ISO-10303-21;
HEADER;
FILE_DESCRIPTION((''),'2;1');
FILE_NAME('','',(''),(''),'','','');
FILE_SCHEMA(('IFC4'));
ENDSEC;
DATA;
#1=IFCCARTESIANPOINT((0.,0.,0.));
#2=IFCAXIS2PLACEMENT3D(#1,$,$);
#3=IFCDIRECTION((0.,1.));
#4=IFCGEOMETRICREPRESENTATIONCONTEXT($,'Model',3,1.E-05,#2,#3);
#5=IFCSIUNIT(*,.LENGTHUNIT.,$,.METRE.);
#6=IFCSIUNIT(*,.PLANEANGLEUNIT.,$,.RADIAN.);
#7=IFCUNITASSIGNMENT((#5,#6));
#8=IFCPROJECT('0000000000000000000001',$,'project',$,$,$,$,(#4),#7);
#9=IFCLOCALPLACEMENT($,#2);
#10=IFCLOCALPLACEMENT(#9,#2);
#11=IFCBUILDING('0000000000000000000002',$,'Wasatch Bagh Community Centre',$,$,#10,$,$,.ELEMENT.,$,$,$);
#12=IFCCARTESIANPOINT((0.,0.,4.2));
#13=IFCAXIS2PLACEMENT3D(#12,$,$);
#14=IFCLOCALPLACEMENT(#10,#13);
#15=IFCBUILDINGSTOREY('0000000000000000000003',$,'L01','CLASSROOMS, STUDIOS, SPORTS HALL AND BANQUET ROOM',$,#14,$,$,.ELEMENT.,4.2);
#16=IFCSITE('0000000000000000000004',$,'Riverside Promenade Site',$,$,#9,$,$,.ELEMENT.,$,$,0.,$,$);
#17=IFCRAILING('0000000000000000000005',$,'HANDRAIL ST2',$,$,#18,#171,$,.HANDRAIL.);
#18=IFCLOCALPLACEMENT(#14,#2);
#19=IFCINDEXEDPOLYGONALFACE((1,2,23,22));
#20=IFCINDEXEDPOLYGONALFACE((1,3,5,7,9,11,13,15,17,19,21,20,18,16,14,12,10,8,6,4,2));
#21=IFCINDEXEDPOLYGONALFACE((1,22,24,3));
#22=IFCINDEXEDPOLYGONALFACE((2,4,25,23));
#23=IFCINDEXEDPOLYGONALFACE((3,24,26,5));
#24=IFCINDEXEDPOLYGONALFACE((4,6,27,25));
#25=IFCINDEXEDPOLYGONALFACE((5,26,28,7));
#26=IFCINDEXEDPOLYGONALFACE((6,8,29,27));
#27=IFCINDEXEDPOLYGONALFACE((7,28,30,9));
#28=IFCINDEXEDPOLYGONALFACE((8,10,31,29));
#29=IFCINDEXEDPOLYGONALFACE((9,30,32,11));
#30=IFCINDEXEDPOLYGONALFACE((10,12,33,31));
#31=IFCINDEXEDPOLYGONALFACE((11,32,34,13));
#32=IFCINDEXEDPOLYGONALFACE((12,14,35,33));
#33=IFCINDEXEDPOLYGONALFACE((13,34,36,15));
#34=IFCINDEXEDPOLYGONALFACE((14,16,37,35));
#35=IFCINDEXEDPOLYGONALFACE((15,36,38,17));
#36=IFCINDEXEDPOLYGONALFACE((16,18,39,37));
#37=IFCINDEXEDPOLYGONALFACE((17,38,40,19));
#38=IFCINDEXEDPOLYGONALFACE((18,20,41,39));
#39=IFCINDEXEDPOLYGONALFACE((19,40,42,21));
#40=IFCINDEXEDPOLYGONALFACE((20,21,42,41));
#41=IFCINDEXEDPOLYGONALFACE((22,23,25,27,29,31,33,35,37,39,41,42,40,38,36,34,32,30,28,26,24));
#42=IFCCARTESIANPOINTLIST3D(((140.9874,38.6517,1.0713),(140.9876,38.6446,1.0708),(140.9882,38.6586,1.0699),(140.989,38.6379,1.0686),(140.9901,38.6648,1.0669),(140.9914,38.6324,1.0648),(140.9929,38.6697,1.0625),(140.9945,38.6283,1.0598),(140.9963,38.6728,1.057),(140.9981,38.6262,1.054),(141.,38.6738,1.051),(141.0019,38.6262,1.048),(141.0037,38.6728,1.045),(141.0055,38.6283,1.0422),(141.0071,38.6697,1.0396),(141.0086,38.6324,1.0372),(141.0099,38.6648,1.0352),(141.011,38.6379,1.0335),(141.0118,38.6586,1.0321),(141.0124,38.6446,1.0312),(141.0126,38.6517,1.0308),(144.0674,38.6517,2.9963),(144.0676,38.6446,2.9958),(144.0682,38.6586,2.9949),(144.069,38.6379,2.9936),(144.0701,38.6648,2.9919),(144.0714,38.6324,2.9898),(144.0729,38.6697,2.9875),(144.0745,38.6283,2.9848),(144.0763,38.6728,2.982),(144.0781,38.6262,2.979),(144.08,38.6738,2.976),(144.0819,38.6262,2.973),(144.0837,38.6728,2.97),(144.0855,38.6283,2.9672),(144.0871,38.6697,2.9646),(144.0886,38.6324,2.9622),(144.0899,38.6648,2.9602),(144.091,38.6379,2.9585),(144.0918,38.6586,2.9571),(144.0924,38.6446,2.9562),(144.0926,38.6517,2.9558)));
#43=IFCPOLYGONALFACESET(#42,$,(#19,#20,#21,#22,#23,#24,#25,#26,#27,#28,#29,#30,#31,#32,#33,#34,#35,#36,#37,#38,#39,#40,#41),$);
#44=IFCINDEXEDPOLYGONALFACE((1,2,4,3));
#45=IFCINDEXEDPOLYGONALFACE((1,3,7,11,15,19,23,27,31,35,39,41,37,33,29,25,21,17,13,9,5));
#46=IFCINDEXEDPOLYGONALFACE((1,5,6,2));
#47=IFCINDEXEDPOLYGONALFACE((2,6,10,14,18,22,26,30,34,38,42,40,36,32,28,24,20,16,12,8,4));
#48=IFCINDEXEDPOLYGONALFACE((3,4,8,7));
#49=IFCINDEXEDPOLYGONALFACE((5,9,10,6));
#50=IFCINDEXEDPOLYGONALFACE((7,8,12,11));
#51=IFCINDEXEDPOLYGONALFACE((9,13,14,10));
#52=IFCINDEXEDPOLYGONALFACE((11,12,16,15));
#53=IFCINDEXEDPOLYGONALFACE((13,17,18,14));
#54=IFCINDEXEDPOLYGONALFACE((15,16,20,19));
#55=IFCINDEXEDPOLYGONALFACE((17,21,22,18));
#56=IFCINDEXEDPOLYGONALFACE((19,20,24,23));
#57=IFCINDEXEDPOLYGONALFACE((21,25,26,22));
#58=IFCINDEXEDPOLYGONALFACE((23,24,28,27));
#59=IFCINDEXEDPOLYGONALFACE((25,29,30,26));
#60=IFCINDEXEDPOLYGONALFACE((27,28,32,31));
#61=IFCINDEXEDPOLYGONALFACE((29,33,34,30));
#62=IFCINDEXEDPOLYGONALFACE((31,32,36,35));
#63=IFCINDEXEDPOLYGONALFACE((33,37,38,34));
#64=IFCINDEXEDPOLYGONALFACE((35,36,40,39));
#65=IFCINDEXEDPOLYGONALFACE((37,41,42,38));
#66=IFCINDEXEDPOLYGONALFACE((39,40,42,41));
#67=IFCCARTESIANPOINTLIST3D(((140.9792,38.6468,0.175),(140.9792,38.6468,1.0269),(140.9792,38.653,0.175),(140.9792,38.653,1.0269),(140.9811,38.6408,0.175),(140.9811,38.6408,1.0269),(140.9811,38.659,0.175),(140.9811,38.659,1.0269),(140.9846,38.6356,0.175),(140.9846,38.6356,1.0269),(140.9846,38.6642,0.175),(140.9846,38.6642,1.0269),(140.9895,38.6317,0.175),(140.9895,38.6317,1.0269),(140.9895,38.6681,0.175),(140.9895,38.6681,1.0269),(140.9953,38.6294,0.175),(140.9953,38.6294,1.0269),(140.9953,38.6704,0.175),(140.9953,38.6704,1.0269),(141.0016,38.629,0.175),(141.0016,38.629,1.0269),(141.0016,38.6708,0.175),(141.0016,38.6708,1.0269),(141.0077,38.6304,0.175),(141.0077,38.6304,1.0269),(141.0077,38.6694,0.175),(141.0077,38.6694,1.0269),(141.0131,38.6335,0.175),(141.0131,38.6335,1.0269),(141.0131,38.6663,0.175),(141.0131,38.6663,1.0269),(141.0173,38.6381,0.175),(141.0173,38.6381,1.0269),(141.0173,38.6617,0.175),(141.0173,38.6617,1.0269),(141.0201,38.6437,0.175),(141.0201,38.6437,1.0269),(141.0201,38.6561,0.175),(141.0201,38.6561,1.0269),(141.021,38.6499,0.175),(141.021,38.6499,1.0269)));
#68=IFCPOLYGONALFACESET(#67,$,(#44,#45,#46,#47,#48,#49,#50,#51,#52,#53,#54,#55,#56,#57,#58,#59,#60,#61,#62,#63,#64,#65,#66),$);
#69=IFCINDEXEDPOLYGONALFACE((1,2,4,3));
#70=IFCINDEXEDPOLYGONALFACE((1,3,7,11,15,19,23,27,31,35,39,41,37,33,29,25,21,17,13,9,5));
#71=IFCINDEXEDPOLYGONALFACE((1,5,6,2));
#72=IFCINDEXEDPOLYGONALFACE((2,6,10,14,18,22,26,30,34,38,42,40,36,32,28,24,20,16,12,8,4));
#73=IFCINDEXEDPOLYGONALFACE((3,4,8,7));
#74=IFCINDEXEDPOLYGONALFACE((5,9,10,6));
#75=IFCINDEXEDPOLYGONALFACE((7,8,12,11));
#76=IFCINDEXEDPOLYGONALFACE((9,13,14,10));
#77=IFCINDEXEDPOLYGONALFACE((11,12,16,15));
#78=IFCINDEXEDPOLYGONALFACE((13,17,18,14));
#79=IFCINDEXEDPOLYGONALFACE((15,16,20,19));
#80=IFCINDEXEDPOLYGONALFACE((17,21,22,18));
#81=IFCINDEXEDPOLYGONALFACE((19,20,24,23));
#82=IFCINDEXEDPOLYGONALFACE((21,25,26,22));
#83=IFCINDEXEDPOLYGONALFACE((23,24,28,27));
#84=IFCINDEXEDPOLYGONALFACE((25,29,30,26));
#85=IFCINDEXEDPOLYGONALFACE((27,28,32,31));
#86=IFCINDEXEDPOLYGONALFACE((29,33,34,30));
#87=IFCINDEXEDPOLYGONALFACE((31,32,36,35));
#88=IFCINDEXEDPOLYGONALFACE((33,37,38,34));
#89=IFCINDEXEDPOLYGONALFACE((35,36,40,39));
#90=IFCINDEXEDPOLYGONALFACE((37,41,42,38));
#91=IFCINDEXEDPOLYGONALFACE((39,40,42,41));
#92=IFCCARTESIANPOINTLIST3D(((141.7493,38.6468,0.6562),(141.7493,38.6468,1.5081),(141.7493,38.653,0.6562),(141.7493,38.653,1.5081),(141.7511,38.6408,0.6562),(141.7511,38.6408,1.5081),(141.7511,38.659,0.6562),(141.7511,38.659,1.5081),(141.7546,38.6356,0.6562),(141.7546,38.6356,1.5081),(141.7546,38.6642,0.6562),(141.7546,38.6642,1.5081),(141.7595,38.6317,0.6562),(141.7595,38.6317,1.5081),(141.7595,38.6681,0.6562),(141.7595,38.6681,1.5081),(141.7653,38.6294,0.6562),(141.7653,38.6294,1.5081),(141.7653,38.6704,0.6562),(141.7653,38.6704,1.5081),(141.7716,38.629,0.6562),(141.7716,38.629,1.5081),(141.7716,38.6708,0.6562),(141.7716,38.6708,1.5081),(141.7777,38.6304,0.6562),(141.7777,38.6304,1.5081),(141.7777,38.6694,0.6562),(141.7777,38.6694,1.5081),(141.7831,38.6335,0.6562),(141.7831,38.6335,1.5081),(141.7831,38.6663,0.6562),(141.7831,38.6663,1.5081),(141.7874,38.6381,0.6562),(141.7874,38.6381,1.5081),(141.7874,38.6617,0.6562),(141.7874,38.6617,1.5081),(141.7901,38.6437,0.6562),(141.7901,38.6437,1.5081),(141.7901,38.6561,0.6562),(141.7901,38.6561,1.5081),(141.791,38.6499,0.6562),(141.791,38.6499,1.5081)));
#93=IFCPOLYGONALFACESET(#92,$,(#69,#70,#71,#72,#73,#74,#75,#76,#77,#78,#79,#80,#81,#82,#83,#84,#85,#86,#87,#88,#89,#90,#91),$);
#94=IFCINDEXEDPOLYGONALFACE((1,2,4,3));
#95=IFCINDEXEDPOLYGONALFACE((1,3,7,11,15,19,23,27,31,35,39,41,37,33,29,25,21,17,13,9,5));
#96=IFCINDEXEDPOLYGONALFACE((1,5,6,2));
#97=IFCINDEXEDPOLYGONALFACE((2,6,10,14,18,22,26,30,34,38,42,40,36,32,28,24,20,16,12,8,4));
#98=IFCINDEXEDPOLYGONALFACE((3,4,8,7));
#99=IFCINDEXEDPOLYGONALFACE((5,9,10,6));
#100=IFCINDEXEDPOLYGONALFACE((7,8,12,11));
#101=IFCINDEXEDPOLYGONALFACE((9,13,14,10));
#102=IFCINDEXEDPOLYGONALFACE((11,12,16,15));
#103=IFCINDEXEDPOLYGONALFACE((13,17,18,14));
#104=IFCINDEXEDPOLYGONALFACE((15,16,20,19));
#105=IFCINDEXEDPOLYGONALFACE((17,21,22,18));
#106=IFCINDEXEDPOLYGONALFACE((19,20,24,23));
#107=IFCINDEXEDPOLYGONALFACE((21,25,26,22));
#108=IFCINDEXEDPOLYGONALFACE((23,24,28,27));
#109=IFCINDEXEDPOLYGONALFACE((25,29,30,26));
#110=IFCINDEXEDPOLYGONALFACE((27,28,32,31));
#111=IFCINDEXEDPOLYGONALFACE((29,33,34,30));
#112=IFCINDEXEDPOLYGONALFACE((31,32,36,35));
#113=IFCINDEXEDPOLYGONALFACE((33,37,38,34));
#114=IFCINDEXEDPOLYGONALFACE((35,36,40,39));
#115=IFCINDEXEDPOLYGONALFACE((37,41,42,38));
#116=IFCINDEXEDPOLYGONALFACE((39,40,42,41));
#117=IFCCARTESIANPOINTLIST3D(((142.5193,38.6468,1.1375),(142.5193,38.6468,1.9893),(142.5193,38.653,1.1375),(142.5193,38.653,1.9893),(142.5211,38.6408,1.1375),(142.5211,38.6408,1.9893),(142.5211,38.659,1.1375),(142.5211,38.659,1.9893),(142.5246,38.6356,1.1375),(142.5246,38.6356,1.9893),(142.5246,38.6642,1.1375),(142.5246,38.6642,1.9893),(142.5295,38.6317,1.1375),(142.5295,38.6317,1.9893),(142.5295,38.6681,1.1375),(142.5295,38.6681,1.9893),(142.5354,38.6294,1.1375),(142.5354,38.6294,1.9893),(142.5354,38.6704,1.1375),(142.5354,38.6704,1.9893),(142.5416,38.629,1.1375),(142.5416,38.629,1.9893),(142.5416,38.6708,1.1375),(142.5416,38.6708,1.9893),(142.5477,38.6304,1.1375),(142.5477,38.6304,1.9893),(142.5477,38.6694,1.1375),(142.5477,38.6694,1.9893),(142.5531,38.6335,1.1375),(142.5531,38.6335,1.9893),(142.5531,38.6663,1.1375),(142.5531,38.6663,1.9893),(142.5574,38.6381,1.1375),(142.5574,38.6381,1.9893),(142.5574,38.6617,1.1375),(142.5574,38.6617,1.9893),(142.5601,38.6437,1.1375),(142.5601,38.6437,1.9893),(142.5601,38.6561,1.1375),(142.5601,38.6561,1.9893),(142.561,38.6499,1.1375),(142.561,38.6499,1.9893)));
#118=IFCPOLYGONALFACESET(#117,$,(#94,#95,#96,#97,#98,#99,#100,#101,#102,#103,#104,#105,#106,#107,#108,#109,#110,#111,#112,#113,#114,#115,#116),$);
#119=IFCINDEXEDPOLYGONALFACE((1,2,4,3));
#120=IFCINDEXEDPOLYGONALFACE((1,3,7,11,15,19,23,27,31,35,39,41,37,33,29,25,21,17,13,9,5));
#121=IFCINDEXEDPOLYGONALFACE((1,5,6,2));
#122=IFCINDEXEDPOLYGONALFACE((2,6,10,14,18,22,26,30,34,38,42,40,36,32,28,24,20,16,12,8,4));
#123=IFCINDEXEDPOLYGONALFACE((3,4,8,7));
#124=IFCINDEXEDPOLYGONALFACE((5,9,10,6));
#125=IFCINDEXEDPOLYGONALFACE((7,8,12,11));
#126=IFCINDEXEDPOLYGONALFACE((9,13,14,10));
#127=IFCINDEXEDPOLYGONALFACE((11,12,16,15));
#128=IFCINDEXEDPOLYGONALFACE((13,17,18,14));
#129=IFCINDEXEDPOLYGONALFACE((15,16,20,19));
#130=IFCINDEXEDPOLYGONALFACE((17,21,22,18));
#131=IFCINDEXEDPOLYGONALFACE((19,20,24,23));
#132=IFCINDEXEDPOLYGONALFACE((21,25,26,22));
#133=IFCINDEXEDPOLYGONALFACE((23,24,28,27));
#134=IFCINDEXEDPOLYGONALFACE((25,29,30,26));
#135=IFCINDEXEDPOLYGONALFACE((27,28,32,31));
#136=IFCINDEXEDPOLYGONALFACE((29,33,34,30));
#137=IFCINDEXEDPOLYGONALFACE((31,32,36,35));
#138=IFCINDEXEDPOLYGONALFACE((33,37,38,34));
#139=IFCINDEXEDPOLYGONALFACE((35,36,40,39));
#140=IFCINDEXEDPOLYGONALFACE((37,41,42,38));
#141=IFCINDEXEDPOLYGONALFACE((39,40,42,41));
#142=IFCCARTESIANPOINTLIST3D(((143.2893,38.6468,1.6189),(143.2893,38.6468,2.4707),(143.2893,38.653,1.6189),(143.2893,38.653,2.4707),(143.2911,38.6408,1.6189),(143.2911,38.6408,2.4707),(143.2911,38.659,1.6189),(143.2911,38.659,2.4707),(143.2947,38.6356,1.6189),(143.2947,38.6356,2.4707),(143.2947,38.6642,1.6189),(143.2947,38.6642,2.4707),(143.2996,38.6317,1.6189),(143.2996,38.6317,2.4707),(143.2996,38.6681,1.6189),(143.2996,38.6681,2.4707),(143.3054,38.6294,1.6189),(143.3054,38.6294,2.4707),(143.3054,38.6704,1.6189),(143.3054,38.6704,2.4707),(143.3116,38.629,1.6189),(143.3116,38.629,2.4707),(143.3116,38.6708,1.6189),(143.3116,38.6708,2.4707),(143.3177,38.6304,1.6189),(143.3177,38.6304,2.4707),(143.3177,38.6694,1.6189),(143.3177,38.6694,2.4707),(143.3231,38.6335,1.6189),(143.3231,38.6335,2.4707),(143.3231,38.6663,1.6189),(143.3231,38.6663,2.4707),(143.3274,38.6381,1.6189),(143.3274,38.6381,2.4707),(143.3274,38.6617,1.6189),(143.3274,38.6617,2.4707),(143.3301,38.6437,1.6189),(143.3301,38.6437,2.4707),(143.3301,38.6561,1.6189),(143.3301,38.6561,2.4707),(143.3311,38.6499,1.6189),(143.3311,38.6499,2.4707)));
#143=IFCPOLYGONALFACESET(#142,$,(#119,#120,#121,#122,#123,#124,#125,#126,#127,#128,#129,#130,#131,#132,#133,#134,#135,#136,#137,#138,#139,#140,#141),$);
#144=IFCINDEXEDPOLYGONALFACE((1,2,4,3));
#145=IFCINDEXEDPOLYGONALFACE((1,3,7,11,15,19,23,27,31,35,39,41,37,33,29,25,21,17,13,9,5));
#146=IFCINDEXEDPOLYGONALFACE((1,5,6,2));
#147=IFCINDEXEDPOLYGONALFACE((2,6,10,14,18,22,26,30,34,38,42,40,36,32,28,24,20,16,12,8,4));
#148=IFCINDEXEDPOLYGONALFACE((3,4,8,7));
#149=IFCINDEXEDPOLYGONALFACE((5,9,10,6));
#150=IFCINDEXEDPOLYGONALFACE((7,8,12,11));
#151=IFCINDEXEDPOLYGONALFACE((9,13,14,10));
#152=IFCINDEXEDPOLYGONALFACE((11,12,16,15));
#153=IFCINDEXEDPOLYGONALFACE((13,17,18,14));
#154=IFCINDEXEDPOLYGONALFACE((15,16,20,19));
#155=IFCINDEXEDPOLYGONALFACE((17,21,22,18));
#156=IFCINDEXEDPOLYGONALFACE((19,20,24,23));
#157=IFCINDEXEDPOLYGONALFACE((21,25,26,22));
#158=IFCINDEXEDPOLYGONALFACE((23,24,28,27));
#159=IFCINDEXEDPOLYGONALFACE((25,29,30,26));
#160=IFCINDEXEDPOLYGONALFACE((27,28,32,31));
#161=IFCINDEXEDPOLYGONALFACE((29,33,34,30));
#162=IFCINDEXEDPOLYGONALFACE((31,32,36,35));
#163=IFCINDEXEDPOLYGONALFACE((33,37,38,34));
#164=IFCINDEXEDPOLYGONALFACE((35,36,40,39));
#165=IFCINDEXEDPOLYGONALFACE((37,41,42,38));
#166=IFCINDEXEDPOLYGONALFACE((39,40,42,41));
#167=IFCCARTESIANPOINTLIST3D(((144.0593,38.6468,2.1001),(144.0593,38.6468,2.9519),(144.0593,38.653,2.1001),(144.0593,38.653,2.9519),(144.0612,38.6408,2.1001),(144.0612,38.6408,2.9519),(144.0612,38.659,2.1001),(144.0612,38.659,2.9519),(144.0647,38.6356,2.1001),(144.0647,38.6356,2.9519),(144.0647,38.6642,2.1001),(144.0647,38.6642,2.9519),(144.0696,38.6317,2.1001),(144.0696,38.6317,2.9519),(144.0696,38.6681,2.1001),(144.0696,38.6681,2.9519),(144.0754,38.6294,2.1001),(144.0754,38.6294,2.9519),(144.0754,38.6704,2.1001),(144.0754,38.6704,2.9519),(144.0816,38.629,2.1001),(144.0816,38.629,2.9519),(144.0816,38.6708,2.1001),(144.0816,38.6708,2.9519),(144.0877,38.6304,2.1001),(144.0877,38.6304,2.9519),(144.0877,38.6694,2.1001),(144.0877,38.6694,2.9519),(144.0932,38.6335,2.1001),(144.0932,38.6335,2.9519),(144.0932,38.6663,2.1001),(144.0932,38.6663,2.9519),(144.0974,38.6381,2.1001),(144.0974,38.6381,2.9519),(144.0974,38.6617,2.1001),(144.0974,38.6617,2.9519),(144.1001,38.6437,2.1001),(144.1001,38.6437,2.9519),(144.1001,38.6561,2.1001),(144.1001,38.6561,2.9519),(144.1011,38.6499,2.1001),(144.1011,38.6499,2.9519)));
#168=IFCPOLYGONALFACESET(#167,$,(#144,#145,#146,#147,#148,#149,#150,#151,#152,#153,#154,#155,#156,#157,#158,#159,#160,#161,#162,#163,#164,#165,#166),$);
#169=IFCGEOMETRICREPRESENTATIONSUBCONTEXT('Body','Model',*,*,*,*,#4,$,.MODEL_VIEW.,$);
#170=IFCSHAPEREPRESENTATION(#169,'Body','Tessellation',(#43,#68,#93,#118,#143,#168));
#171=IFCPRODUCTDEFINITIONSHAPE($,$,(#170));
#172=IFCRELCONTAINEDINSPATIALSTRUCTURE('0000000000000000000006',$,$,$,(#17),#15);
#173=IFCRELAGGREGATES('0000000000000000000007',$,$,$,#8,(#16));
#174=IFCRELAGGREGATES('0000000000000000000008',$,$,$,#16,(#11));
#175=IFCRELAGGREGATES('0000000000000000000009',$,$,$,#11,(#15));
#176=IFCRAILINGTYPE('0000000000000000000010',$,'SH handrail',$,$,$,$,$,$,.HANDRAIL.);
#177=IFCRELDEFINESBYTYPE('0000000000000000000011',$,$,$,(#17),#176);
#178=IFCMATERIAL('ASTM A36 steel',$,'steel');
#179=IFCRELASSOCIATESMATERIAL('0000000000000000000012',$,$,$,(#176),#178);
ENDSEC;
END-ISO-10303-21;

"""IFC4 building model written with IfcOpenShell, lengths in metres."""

from ifc_helpers import new_model, si_unit, direction, frame, origin, origin_2d, place, context, subcontext, project, spatial, circle, extrude, material, type_object, element, save


model = new_model("IFC4")

# Units and contexts
model_context = context("Model", 3, precision=1e-05, world=origin(), true_north=direction((0.0, 1.0)))
body_context = subcontext(model_context, "Body", "Model", "MODEL_VIEW")
ifc_project = project(units=[si_unit("LENGTHUNIT", "METRE"), si_unit("PLANEANGLEUNIT", "RADIAN")], contexts=[model_context])

# Site, building, storey
site_placement = place(None, origin())
site = spatial("IfcSite", under=ifc_project, at=site_placement, Name="Riverside Promenade Site", CompositionType="ELEMENT", RefElevation=0.0)
building_placement = place(site_placement, origin())
building = spatial("IfcBuilding", under=site, at=building_placement, Name="Wasatch Bagh Community Centre", CompositionType="ELEMENT")
storey_placement = place(building_placement, frame((0.0, 0.0, 4.2)))
storey = spatial("IfcBuildingStorey", under=building, at=storey_placement, Name="L01", Description="CLASSROOMS, STUDIOS, SPORTS HALL AND BANQUET ROOM", CompositionType="ELEMENT", Elevation=4.2)

# Railing
ifc_material_1 = material(Name="ASTM A36 steel", Category="steel")
railing_type_1 = type_object("IfcRailingType", Name="SH handrail", PredefinedType="HANDRAIL", material=ifc_material_1)
for number, where, name in (
    (1, (141.0, 38.6499, 0.175), "HANDRAIL ST2"),
):
    element("IfcRailing", number, at=place(storey_placement, frame(where)), inside=storey, type_object=railing_type_1, Name=name, PredefinedType="HANDRAIL", context=body_context, shape_type="SweptSolid", body=[
        extrude(circle(Radius=0.0239, at=origin_2d()), frame((0.0, 0.0, 0.876), z_axis=(0.847998, 0.0, 0.529999), x_axis=(0.0, 1.0, 0.0)), (0.0, 0.0, 1.0), 3.6321),
        extrude(circle(Radius=0.021, at=origin_2d()), origin(), (0.0, 0.0, 1.0), 0.8518),
        extrude(circle(Radius=0.021, at=origin_2d()), frame((0.77, 0.0, 0.4812)), (0.0, 0.0, 1.0), 0.8518),
        extrude(circle(Radius=0.021, at=origin_2d()), frame((1.54, 0.0, 0.9624)), (0.0, 0.0, 1.0), 0.8518),
        extrude(circle(Radius=0.021, at=origin_2d()), frame((2.3101, 0.0, 1.4438)), (0.0, 0.0, 1.0), 0.8518),
        extrude(circle(Radius=0.021, at=origin_2d()), frame((3.0801, 0.0, 1.925)), (0.0, 0.0, 1.0), 0.8518),
    ])

save(model, "model.ifc")
